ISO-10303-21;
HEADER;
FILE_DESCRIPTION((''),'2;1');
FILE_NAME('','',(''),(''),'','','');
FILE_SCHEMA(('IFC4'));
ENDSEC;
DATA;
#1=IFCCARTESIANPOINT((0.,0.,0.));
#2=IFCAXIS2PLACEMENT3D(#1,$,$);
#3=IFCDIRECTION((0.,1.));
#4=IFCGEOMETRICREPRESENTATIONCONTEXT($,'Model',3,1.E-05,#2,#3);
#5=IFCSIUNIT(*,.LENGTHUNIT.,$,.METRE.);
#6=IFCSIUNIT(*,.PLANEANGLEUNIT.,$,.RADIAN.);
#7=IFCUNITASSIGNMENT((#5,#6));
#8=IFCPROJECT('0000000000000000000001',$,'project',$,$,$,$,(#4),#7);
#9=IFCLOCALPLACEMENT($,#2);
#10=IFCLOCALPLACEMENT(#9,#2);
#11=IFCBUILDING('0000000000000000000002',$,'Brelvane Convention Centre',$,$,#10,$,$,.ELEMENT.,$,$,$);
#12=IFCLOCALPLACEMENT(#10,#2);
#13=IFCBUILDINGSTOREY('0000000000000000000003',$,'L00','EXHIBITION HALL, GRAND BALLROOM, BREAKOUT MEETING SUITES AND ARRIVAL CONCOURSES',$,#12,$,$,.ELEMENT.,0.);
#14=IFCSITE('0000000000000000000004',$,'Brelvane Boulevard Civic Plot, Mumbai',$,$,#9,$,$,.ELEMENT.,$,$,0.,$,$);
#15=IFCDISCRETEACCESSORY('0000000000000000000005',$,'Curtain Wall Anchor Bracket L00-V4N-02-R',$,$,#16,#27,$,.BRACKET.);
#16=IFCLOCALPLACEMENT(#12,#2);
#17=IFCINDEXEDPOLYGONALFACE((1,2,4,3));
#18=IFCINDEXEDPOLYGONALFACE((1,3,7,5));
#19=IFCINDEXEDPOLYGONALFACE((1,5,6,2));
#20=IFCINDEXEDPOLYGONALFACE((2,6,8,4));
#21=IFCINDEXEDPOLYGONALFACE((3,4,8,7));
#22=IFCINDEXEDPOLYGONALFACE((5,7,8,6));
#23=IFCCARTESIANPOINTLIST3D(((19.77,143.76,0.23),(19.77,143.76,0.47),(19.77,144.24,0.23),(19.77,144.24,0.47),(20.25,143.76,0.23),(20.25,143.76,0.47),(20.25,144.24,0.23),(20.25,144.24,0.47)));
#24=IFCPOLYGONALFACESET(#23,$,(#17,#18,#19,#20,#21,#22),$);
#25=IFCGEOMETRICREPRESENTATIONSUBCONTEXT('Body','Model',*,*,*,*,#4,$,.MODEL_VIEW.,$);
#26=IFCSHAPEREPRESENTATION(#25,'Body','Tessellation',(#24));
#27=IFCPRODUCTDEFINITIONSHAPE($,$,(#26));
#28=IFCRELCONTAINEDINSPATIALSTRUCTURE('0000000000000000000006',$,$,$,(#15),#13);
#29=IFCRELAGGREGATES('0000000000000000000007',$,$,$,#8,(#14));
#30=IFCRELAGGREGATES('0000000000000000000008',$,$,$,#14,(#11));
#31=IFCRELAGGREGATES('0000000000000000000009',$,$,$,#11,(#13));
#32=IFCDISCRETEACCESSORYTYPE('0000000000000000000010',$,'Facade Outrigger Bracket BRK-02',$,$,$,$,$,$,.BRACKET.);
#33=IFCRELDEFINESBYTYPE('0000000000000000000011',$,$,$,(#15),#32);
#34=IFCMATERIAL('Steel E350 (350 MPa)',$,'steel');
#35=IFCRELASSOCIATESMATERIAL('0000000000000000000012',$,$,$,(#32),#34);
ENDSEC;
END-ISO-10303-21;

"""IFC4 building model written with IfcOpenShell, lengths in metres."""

from ifc_helpers import new_model, si_unit, direction, frame, origin, origin_2d, place, context, subcontext, project, spatial, rectangle, extrude, material, type_object, element, save


model = new_model("IFC4")

# Units and contexts
model_context = context("Model", 3, precision=1e-05, world=origin(), true_north=direction((0.0, 1.0)))
body_context = subcontext(model_context, "Body", "Model", "MODEL_VIEW")
ifc_project = project(units=[si_unit("LENGTHUNIT", "METRE"), si_unit("PLANEANGLEUNIT", "RADIAN")], contexts=[model_context])

# Site, building, storey
site_placement = place(None, origin())
site = spatial("IfcSite", under=ifc_project, at=site_placement, Name="Brelvane Boulevard Civic Plot, Mumbai", CompositionType="ELEMENT", RefElevation=0.0)
building_placement = place(site_placement, origin())
building = spatial("IfcBuilding", under=site, at=building_placement, Name="Brelvane Convention Centre", CompositionType="ELEMENT")
storey_placement = place(building_placement, origin())
storey = spatial("IfcBuildingStorey", under=building, at=storey_placement, Name="L00", Description="EXHIBITION HALL, GRAND BALLROOM, BREAKOUT MEETING SUITES AND ARRIVAL CONCOURSES", CompositionType="ELEMENT", Elevation=0.0)

# Discrete accessory
ifc_material_1 = material(Name="Steel E350 (350 MPa)", Category="steel")
discrete_accessory_type = type_object("IfcDiscreteAccessoryType", Name="Facade Outrigger Bracket BRK-02", PredefinedType="BRACKET", material=ifc_material_1)
discrete_accessory_placement = place(storey_placement, frame((20.01, 144.0, 0.23), z_axis=(0.0, 0.0, 1.0), x_axis=(1.0, 0.0, 0.0)))
element("IfcDiscreteAccessory", 1, at=discrete_accessory_placement, inside=storey, type_object=discrete_accessory_type, Name="Curtain Wall Anchor Bracket L00-V4N-02-R", PredefinedType="BRACKET", context=body_context, shape_type="SweptSolid", body=[
    extrude(rectangle(XDim=0.48, YDim=0.48, at=origin_2d()), origin(), (0.0, 0.0, 1.0), 0.24),
])

save(model, "model.ifc")
